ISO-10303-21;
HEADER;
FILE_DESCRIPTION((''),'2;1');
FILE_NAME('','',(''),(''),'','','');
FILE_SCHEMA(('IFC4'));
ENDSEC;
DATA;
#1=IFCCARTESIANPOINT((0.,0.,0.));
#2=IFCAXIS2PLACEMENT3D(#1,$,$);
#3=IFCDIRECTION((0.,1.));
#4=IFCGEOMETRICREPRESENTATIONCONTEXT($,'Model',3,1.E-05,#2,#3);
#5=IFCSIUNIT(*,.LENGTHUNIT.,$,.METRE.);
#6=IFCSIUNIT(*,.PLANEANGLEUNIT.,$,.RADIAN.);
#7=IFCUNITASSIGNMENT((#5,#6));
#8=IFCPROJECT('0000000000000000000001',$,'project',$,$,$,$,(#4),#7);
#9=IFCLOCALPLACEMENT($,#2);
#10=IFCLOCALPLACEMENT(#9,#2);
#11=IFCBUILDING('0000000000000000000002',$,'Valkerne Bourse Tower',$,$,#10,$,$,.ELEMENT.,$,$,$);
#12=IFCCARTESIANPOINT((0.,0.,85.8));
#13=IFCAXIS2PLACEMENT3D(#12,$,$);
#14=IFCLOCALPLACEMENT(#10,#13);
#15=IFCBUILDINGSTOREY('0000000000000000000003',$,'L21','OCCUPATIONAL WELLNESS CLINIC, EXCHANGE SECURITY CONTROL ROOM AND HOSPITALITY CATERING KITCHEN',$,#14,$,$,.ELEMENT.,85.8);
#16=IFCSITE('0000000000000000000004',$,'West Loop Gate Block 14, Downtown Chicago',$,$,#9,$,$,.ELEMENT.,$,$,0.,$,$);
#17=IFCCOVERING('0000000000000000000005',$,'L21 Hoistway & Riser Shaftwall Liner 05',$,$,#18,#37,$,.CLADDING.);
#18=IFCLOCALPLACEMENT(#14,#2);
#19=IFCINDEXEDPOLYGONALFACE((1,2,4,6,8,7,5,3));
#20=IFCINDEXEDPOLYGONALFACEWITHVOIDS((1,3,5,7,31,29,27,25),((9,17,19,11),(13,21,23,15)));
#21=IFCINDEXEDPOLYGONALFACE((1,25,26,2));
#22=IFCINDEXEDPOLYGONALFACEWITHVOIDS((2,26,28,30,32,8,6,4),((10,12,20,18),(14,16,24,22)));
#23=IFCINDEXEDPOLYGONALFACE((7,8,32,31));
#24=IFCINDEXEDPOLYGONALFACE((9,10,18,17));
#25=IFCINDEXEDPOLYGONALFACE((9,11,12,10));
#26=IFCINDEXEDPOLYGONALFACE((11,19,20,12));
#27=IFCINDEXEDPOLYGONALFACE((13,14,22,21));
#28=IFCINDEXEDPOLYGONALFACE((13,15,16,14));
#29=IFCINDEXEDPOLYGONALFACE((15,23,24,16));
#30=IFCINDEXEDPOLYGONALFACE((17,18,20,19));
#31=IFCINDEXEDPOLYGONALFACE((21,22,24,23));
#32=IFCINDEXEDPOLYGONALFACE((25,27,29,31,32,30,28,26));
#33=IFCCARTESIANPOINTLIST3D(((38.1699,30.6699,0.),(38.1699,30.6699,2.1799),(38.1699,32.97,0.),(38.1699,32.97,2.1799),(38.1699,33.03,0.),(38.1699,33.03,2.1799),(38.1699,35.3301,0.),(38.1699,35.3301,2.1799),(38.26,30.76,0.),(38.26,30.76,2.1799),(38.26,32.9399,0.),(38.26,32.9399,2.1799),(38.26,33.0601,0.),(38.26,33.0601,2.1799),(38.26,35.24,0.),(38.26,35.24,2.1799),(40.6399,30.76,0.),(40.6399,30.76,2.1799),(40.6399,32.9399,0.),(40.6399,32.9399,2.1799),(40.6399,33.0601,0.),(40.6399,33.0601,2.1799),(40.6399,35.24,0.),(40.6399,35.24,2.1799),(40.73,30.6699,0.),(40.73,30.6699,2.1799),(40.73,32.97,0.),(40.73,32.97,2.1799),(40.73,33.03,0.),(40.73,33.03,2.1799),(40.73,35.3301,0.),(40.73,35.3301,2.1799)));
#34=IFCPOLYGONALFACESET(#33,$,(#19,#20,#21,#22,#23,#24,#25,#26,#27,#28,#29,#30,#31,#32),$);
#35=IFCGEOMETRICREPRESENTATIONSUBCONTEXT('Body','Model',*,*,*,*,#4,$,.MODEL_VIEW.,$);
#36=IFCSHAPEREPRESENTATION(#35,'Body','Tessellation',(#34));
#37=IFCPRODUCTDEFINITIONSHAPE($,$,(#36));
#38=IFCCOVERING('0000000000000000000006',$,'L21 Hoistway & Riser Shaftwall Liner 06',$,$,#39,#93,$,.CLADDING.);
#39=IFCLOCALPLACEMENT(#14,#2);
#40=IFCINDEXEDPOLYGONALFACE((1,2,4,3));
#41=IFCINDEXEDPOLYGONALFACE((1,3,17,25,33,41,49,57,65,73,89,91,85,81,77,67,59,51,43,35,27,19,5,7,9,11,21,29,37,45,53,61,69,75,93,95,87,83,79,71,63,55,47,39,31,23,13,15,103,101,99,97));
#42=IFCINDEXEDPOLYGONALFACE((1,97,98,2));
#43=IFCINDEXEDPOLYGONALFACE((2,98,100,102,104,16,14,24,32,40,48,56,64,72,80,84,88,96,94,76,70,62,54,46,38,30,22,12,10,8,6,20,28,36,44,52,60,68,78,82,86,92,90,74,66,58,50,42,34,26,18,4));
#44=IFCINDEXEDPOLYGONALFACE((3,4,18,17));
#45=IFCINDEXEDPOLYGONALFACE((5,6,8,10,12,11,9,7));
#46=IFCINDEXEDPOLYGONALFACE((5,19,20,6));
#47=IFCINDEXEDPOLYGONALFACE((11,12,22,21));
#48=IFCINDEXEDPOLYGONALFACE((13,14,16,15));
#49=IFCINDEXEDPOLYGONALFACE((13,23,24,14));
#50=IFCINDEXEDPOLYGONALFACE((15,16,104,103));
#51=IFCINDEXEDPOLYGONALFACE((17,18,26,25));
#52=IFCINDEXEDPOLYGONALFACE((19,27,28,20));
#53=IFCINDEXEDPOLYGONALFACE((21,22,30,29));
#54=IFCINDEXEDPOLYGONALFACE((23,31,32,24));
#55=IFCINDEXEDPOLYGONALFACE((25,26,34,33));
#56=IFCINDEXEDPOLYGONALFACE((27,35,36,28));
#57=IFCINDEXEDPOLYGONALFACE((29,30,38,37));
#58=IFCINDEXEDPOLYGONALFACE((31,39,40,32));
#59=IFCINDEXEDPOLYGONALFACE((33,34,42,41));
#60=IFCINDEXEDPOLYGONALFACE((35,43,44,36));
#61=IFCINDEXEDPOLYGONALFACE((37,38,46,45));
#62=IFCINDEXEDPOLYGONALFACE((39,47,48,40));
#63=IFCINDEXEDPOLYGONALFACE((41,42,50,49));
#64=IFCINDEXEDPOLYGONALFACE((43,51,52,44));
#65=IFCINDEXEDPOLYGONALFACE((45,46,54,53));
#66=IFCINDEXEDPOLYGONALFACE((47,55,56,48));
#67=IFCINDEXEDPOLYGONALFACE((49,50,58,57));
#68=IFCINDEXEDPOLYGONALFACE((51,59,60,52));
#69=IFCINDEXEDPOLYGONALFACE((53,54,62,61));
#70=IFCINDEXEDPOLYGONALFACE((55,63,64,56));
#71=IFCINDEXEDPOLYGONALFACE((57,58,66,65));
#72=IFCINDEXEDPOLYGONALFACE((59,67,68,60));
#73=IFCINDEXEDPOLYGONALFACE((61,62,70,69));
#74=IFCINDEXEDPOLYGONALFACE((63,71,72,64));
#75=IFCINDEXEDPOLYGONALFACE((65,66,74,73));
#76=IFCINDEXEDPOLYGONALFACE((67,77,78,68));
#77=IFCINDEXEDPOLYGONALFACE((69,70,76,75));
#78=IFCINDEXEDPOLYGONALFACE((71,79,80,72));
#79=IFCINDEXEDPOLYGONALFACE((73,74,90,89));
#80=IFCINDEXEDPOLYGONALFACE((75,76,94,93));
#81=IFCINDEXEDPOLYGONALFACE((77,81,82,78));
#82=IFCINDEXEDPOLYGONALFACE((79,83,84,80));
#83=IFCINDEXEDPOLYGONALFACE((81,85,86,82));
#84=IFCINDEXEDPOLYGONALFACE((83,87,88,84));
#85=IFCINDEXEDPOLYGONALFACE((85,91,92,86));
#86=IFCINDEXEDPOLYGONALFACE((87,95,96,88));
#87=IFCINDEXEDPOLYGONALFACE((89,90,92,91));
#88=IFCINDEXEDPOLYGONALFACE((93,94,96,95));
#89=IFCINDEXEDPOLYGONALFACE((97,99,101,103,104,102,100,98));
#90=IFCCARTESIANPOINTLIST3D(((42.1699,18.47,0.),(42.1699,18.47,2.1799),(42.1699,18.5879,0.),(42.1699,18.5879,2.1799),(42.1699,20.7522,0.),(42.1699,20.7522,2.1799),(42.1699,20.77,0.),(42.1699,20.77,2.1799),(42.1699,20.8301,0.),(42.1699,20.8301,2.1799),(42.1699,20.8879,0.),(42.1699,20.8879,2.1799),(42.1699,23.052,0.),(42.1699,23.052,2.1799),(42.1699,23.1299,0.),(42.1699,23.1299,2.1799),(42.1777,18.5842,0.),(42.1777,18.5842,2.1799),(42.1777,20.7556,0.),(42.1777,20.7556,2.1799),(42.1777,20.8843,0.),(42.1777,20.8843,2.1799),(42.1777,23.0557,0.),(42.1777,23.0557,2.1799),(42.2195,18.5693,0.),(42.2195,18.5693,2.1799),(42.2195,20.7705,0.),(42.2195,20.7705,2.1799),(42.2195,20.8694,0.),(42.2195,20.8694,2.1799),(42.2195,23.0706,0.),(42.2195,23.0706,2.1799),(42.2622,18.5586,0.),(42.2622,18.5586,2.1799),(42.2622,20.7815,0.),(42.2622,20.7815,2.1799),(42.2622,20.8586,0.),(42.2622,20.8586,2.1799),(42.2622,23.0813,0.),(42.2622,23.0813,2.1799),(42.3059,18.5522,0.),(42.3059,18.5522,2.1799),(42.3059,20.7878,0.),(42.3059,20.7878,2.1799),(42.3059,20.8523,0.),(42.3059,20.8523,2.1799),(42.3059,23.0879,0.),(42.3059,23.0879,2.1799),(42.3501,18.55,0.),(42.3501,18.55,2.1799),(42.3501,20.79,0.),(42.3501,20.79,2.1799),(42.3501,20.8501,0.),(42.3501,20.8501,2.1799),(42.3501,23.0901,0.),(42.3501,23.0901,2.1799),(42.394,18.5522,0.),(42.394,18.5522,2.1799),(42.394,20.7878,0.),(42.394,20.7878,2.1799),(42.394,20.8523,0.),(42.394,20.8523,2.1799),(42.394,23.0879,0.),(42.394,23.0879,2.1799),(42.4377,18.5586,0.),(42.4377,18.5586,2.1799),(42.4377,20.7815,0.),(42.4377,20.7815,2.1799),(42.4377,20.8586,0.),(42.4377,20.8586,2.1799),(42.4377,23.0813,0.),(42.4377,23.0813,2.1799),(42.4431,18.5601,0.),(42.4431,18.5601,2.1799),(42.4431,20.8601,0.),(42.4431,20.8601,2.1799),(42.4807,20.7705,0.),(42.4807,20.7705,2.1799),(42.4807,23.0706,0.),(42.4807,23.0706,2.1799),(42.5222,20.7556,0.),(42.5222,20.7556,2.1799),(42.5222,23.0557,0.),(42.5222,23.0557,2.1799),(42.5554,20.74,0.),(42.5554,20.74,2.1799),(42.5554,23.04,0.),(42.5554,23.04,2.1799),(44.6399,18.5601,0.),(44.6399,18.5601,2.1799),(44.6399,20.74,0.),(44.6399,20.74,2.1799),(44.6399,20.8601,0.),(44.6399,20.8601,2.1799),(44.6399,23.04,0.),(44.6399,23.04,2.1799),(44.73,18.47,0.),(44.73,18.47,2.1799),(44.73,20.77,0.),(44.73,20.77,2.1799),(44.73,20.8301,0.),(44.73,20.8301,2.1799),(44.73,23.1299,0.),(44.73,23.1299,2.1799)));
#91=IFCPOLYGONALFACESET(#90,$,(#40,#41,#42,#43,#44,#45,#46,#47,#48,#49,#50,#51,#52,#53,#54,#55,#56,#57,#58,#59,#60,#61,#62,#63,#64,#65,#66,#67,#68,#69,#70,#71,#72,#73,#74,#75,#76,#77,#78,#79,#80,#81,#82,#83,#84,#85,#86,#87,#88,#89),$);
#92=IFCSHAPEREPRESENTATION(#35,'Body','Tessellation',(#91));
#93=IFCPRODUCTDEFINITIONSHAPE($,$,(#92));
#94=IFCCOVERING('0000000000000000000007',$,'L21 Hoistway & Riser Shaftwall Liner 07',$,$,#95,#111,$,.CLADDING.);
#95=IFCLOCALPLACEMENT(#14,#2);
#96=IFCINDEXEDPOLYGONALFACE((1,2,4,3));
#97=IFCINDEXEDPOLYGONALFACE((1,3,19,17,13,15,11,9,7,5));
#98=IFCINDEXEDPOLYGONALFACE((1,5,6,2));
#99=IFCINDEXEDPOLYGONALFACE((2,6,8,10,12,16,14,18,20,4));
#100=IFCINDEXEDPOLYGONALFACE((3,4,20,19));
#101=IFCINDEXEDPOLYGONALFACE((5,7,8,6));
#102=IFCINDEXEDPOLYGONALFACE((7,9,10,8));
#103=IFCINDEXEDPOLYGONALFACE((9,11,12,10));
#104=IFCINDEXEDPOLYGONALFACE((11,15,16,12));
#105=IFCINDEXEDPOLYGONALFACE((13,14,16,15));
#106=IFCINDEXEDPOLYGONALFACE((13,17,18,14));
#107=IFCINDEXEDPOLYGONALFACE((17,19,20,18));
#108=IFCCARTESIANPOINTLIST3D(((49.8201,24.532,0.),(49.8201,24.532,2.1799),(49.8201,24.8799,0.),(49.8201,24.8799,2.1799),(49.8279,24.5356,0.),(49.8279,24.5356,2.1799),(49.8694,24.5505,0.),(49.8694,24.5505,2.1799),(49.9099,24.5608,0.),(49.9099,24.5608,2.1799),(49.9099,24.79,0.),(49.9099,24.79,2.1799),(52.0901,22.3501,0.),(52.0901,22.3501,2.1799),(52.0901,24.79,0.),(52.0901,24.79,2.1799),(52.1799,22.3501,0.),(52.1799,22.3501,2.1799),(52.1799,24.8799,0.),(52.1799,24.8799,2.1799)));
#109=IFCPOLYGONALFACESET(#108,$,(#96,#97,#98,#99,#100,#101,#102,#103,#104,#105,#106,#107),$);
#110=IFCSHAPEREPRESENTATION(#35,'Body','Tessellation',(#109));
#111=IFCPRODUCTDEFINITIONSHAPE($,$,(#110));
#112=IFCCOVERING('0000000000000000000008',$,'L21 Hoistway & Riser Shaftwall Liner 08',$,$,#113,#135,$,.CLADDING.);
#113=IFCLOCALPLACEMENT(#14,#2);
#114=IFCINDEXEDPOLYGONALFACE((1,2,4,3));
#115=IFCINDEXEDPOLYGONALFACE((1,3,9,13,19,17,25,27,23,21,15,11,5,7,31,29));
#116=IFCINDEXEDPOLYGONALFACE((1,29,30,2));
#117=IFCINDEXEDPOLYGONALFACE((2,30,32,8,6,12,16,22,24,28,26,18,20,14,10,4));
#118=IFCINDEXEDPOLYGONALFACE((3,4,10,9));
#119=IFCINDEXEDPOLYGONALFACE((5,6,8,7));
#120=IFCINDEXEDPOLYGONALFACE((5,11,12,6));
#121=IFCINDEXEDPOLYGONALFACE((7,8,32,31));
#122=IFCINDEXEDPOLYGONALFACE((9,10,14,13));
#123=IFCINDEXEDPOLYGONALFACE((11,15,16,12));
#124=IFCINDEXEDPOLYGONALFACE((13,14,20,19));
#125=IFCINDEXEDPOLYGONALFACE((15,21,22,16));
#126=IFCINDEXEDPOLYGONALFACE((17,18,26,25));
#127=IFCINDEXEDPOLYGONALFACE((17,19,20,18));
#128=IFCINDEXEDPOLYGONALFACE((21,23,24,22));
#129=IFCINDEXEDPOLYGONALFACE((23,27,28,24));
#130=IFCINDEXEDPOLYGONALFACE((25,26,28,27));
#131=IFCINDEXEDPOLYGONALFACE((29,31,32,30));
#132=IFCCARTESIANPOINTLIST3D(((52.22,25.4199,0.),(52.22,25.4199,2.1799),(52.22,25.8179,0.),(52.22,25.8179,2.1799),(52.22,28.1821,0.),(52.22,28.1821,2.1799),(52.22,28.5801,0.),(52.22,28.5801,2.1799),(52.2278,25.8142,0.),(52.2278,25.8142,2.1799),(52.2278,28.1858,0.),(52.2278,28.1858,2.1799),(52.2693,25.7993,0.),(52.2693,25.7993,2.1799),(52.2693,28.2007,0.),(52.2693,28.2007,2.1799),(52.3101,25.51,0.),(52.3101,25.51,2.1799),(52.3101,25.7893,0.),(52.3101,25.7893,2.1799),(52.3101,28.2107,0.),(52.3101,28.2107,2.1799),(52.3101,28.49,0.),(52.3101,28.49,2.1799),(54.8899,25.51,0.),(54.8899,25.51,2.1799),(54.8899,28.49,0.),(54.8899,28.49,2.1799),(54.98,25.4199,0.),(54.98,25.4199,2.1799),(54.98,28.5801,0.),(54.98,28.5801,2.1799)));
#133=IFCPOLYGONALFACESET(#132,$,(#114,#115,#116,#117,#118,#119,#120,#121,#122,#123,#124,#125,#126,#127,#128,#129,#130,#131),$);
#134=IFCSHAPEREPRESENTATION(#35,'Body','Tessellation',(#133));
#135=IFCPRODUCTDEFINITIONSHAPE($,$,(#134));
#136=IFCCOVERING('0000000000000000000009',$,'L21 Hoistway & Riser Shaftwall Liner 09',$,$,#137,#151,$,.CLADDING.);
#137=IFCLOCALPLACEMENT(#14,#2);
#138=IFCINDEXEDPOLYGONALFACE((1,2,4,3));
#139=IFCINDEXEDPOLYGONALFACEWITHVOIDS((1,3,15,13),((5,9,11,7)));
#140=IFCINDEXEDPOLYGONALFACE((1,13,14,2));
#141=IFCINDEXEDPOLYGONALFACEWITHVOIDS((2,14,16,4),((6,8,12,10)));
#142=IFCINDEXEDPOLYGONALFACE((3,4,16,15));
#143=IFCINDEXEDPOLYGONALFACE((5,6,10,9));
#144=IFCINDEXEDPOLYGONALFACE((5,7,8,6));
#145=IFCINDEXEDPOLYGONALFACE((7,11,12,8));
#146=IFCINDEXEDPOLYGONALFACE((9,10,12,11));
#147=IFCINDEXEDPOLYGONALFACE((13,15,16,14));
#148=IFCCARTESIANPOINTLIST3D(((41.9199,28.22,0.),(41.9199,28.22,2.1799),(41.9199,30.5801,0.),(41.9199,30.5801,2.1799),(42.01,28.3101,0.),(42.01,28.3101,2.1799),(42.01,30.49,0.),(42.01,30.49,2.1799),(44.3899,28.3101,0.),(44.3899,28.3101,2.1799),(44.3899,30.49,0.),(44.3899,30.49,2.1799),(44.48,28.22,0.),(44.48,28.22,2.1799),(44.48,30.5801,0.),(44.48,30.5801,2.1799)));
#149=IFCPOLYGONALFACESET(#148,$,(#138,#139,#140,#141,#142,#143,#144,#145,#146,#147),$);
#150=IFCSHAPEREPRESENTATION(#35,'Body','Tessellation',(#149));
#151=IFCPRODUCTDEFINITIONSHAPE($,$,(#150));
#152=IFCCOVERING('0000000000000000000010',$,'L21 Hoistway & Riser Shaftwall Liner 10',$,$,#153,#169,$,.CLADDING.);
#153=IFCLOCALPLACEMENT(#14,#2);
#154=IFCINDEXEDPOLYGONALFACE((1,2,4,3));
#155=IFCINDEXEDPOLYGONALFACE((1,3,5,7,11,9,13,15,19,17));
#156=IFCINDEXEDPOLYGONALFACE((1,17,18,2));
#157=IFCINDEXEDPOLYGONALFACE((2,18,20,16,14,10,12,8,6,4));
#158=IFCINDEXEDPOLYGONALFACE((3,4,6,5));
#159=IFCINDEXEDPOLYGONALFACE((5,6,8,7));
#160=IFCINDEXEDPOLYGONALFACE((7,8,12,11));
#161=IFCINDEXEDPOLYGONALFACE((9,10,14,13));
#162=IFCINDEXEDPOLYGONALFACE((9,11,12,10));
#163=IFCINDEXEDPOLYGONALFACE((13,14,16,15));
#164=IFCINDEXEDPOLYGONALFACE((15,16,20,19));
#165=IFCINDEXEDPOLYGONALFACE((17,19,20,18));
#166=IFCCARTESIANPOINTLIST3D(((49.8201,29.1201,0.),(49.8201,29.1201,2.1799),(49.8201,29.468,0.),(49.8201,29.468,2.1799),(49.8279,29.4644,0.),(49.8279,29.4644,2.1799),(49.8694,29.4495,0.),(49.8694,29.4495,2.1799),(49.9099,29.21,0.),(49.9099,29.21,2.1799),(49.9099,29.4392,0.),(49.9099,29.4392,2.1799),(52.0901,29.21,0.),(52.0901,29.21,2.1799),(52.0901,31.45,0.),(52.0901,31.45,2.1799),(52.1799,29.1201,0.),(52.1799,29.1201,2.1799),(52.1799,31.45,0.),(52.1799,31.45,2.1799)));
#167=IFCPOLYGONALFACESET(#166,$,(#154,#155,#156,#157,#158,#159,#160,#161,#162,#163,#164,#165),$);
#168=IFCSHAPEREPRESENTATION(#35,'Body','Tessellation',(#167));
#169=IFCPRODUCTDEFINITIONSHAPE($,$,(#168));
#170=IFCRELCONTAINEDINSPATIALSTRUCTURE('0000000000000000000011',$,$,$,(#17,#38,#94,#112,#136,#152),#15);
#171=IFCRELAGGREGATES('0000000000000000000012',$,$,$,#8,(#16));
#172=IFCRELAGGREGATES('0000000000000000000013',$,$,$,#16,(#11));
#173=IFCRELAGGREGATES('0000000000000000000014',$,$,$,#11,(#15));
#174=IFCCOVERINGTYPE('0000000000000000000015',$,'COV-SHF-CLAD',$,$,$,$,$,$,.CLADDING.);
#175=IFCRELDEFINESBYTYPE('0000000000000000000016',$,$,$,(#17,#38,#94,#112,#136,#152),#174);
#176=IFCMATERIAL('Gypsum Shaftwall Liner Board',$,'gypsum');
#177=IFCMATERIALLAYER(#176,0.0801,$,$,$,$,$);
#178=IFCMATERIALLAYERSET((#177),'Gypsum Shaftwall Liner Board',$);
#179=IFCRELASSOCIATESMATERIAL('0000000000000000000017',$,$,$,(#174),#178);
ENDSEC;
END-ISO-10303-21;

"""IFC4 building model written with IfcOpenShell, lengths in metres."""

from ifc_helpers import new_model, si_unit, direction, frame, origin, place, context, subcontext, project, spatial, polyline, outline, extrude, material, layer, layer_set, type_object, element, save


model = new_model("IFC4")

# Units and contexts
model_context = context("Model", 3, precision=1e-05, world=origin(), true_north=direction((0.0, 1.0)))
body_context = subcontext(model_context, "Body", "Model", "MODEL_VIEW")
ifc_project = project(units=[si_unit("LENGTHUNIT", "METRE"), si_unit("PLANEANGLEUNIT", "RADIAN")], contexts=[model_context])

# Site, building, storey
site_placement = place(None, origin())
site = spatial("IfcSite", under=ifc_project, at=site_placement, Name="West Loop Gate Block 14, Downtown Chicago", CompositionType="ELEMENT", RefElevation=0.0)
building_placement = place(site_placement, origin())
building = spatial("IfcBuilding", under=site, at=building_placement, Name="Valkerne Bourse Tower", CompositionType="ELEMENT")
storey_placement = place(building_placement, frame((0.0, 0.0, 85.8)))
storey = spatial("IfcBuildingStorey", under=building, at=storey_placement, Name="L21", Description="OCCUPATIONAL WELLNESS CLINIC, EXCHANGE SECURITY CONTROL ROOM AND HOSPITALITY CATERING KITCHEN", CompositionType="ELEMENT", Elevation=85.8)

# Coverings
ifc_material_1 = material(Name="Gypsum Shaftwall Liner Board", Category="gypsum")
ifc_layer_1 = layer(ifc_material_1, 0.0801)
ifc_layer_set_1 = layer_set([ifc_layer_1], Name="Gypsum Shaftwall Liner Board")
covering_type_1 = type_object("IfcCoveringType", Name="COV-SHF-CLAD", PredefinedType="CLADDING", material=ifc_layer_set_1)
covering_1_placement = place(storey_placement, origin())
element("IfcCovering", 1, at=covering_1_placement, inside=storey, type_object=covering_type_1, Name="L21 Hoistway & Riser Shaftwall Liner 05", PredefinedType="CLADDING", context=body_context, shape_type="SweptSolid", body=[
    extrude(outline(polyline([(38.1699, 35.3301), (40.73, 35.3301), (40.73, 33.03), (40.73, 32.97), (40.73, 30.6699), (38.1699, 30.6699), (38.1699, 32.97), (38.1699, 33.03), (38.1699, 35.3301)]), holes=[polyline([(38.26, 32.9399), (38.26, 30.76), (40.6399, 30.76), (40.6399, 32.9399), (38.26, 32.9399)]), polyline([(38.26, 35.24), (38.26, 33.0601), (40.6399, 33.0601), (40.6399, 35.24), (38.26, 35.24)])]), origin(), (0.0, 0.0, 1.0), 2.1799),
])
covering_2_placement = place(storey_placement, origin())
element("IfcCovering", 2, at=covering_2_placement, inside=storey, type_object=covering_type_1, Name="L21 Hoistway & Riser Shaftwall Liner 06", PredefinedType="CLADDING", context=body_context, shape_type="SweptSolid", body=[
    extrude(outline(polyline([(42.1699, 20.8301), (42.1699, 20.8879), (42.1777, 20.8843), (42.2195, 20.8694), (42.2622, 20.8586), (42.3059, 20.8523), (42.3501, 20.8501), (42.394, 20.8523), (42.4377, 20.8586), (42.4431, 20.8601), (44.6399, 20.8601), (44.6399, 23.04), (42.5554, 23.04), (42.5222, 23.0557), (42.4807, 23.0706), (42.4377, 23.0813), (42.394, 23.0879), (42.3501, 23.0901), (42.3059, 23.0879), (42.2622, 23.0813), (42.2195, 23.0706), (42.1777, 23.0557), (42.1699, 23.052), (42.1699, 23.1299), (44.73, 23.1299), (44.73, 20.8301), (44.73, 20.77), (44.73, 18.47), (42.1699, 18.47), (42.1699, 18.5879), (42.1777, 18.5842), (42.2195, 18.5693), (42.2622, 18.5586), (42.3059, 18.5522), (42.3501, 18.55), (42.394, 18.5522), (42.4377, 18.5586), (42.4431, 18.5601), (44.6399, 18.5601), (44.6399, 20.74), (42.5554, 20.74), (42.5222, 20.7556), (42.4807, 20.7705), (42.4377, 20.7815), (42.394, 20.7878), (42.3501, 20.79), (42.3059, 20.7878), (42.2622, 20.7815), (42.2195, 20.7705), (42.1777, 20.7556), (42.1699, 20.7522), (42.1699, 20.77), (42.1699, 20.8301)])), origin(), (0.0, 0.0, 1.0), 2.1799),
])
covering_3_placement = place(storey_placement, origin())
element("IfcCovering", 3, at=covering_3_placement, inside=storey, type_object=covering_type_1, Name="L21 Hoistway & Riser Shaftwall Liner 07", PredefinedType="CLADDING", context=body_context, shape_type="SweptSolid", body=[
    extrude(outline(polyline([(52.1799, 22.3501), (52.0901, 22.3501), (52.0901, 24.79), (49.9099, 24.79), (49.9099, 24.5608), (49.8694, 24.5505), (49.8279, 24.5356), (49.8201, 24.532), (49.8201, 24.8799), (52.1799, 24.8799), (52.1799, 22.3501)])), origin(), (0.0, 0.0, 1.0), 2.1799),
])
covering_4_placement = place(storey_placement, origin())
element("IfcCovering", 4, at=covering_4_placement, inside=storey, type_object=covering_type_1, Name="L21 Hoistway & Riser Shaftwall Liner 08", PredefinedType="CLADDING", context=body_context, shape_type="SweptSolid", body=[
    extrude(outline(polyline([(54.98, 25.4199), (52.22, 25.4199), (52.22, 25.8179), (52.2278, 25.8142), (52.2693, 25.7993), (52.3101, 25.7893), (52.3101, 25.51), (54.8899, 25.51), (54.8899, 28.49), (52.3101, 28.49), (52.3101, 28.2107), (52.2693, 28.2007), (52.2278, 28.1858), (52.22, 28.1821), (52.22, 28.5801), (54.98, 28.5801), (54.98, 25.4199)])), origin(), (0.0, 0.0, 1.0), 2.1799),
])
covering_5_placement = place(storey_placement, origin())
element("IfcCovering", 5, at=covering_5_placement, inside=storey, type_object=covering_type_1, Name="L21 Hoistway & Riser Shaftwall Liner 09", PredefinedType="CLADDING", context=body_context, shape_type="SweptSolid", body=[
    extrude(outline(polyline([(44.48, 28.22), (41.9199, 28.22), (41.9199, 30.5801), (44.48, 30.5801), (44.48, 28.22)]), holes=[polyline([(42.01, 30.49), (42.01, 28.3101), (44.3899, 28.3101), (44.3899, 30.49), (42.01, 30.49)])]), origin(), (0.0, 0.0, 1.0), 2.1799),
])
covering_6_placement = place(storey_placement, origin())
element("IfcCovering", 6, at=covering_6_placement, inside=storey, type_object=covering_type_1, Name="L21 Hoistway & Riser Shaftwall Liner 10", PredefinedType="CLADDING", context=body_context, shape_type="SweptSolid", body=[
    extrude(outline(polyline([(49.8201, 29.1201), (49.8201, 29.468), (49.8279, 29.4644), (49.8694, 29.4495), (49.9099, 29.4392), (49.9099, 29.21), (52.0901, 29.21), (52.0901, 31.45), (52.1799, 31.45), (52.1799, 29.1201), (49.8201, 29.1201)])), origin(), (0.0, 0.0, 1.0), 2.1799),
])

save(model, "model.ifc")
